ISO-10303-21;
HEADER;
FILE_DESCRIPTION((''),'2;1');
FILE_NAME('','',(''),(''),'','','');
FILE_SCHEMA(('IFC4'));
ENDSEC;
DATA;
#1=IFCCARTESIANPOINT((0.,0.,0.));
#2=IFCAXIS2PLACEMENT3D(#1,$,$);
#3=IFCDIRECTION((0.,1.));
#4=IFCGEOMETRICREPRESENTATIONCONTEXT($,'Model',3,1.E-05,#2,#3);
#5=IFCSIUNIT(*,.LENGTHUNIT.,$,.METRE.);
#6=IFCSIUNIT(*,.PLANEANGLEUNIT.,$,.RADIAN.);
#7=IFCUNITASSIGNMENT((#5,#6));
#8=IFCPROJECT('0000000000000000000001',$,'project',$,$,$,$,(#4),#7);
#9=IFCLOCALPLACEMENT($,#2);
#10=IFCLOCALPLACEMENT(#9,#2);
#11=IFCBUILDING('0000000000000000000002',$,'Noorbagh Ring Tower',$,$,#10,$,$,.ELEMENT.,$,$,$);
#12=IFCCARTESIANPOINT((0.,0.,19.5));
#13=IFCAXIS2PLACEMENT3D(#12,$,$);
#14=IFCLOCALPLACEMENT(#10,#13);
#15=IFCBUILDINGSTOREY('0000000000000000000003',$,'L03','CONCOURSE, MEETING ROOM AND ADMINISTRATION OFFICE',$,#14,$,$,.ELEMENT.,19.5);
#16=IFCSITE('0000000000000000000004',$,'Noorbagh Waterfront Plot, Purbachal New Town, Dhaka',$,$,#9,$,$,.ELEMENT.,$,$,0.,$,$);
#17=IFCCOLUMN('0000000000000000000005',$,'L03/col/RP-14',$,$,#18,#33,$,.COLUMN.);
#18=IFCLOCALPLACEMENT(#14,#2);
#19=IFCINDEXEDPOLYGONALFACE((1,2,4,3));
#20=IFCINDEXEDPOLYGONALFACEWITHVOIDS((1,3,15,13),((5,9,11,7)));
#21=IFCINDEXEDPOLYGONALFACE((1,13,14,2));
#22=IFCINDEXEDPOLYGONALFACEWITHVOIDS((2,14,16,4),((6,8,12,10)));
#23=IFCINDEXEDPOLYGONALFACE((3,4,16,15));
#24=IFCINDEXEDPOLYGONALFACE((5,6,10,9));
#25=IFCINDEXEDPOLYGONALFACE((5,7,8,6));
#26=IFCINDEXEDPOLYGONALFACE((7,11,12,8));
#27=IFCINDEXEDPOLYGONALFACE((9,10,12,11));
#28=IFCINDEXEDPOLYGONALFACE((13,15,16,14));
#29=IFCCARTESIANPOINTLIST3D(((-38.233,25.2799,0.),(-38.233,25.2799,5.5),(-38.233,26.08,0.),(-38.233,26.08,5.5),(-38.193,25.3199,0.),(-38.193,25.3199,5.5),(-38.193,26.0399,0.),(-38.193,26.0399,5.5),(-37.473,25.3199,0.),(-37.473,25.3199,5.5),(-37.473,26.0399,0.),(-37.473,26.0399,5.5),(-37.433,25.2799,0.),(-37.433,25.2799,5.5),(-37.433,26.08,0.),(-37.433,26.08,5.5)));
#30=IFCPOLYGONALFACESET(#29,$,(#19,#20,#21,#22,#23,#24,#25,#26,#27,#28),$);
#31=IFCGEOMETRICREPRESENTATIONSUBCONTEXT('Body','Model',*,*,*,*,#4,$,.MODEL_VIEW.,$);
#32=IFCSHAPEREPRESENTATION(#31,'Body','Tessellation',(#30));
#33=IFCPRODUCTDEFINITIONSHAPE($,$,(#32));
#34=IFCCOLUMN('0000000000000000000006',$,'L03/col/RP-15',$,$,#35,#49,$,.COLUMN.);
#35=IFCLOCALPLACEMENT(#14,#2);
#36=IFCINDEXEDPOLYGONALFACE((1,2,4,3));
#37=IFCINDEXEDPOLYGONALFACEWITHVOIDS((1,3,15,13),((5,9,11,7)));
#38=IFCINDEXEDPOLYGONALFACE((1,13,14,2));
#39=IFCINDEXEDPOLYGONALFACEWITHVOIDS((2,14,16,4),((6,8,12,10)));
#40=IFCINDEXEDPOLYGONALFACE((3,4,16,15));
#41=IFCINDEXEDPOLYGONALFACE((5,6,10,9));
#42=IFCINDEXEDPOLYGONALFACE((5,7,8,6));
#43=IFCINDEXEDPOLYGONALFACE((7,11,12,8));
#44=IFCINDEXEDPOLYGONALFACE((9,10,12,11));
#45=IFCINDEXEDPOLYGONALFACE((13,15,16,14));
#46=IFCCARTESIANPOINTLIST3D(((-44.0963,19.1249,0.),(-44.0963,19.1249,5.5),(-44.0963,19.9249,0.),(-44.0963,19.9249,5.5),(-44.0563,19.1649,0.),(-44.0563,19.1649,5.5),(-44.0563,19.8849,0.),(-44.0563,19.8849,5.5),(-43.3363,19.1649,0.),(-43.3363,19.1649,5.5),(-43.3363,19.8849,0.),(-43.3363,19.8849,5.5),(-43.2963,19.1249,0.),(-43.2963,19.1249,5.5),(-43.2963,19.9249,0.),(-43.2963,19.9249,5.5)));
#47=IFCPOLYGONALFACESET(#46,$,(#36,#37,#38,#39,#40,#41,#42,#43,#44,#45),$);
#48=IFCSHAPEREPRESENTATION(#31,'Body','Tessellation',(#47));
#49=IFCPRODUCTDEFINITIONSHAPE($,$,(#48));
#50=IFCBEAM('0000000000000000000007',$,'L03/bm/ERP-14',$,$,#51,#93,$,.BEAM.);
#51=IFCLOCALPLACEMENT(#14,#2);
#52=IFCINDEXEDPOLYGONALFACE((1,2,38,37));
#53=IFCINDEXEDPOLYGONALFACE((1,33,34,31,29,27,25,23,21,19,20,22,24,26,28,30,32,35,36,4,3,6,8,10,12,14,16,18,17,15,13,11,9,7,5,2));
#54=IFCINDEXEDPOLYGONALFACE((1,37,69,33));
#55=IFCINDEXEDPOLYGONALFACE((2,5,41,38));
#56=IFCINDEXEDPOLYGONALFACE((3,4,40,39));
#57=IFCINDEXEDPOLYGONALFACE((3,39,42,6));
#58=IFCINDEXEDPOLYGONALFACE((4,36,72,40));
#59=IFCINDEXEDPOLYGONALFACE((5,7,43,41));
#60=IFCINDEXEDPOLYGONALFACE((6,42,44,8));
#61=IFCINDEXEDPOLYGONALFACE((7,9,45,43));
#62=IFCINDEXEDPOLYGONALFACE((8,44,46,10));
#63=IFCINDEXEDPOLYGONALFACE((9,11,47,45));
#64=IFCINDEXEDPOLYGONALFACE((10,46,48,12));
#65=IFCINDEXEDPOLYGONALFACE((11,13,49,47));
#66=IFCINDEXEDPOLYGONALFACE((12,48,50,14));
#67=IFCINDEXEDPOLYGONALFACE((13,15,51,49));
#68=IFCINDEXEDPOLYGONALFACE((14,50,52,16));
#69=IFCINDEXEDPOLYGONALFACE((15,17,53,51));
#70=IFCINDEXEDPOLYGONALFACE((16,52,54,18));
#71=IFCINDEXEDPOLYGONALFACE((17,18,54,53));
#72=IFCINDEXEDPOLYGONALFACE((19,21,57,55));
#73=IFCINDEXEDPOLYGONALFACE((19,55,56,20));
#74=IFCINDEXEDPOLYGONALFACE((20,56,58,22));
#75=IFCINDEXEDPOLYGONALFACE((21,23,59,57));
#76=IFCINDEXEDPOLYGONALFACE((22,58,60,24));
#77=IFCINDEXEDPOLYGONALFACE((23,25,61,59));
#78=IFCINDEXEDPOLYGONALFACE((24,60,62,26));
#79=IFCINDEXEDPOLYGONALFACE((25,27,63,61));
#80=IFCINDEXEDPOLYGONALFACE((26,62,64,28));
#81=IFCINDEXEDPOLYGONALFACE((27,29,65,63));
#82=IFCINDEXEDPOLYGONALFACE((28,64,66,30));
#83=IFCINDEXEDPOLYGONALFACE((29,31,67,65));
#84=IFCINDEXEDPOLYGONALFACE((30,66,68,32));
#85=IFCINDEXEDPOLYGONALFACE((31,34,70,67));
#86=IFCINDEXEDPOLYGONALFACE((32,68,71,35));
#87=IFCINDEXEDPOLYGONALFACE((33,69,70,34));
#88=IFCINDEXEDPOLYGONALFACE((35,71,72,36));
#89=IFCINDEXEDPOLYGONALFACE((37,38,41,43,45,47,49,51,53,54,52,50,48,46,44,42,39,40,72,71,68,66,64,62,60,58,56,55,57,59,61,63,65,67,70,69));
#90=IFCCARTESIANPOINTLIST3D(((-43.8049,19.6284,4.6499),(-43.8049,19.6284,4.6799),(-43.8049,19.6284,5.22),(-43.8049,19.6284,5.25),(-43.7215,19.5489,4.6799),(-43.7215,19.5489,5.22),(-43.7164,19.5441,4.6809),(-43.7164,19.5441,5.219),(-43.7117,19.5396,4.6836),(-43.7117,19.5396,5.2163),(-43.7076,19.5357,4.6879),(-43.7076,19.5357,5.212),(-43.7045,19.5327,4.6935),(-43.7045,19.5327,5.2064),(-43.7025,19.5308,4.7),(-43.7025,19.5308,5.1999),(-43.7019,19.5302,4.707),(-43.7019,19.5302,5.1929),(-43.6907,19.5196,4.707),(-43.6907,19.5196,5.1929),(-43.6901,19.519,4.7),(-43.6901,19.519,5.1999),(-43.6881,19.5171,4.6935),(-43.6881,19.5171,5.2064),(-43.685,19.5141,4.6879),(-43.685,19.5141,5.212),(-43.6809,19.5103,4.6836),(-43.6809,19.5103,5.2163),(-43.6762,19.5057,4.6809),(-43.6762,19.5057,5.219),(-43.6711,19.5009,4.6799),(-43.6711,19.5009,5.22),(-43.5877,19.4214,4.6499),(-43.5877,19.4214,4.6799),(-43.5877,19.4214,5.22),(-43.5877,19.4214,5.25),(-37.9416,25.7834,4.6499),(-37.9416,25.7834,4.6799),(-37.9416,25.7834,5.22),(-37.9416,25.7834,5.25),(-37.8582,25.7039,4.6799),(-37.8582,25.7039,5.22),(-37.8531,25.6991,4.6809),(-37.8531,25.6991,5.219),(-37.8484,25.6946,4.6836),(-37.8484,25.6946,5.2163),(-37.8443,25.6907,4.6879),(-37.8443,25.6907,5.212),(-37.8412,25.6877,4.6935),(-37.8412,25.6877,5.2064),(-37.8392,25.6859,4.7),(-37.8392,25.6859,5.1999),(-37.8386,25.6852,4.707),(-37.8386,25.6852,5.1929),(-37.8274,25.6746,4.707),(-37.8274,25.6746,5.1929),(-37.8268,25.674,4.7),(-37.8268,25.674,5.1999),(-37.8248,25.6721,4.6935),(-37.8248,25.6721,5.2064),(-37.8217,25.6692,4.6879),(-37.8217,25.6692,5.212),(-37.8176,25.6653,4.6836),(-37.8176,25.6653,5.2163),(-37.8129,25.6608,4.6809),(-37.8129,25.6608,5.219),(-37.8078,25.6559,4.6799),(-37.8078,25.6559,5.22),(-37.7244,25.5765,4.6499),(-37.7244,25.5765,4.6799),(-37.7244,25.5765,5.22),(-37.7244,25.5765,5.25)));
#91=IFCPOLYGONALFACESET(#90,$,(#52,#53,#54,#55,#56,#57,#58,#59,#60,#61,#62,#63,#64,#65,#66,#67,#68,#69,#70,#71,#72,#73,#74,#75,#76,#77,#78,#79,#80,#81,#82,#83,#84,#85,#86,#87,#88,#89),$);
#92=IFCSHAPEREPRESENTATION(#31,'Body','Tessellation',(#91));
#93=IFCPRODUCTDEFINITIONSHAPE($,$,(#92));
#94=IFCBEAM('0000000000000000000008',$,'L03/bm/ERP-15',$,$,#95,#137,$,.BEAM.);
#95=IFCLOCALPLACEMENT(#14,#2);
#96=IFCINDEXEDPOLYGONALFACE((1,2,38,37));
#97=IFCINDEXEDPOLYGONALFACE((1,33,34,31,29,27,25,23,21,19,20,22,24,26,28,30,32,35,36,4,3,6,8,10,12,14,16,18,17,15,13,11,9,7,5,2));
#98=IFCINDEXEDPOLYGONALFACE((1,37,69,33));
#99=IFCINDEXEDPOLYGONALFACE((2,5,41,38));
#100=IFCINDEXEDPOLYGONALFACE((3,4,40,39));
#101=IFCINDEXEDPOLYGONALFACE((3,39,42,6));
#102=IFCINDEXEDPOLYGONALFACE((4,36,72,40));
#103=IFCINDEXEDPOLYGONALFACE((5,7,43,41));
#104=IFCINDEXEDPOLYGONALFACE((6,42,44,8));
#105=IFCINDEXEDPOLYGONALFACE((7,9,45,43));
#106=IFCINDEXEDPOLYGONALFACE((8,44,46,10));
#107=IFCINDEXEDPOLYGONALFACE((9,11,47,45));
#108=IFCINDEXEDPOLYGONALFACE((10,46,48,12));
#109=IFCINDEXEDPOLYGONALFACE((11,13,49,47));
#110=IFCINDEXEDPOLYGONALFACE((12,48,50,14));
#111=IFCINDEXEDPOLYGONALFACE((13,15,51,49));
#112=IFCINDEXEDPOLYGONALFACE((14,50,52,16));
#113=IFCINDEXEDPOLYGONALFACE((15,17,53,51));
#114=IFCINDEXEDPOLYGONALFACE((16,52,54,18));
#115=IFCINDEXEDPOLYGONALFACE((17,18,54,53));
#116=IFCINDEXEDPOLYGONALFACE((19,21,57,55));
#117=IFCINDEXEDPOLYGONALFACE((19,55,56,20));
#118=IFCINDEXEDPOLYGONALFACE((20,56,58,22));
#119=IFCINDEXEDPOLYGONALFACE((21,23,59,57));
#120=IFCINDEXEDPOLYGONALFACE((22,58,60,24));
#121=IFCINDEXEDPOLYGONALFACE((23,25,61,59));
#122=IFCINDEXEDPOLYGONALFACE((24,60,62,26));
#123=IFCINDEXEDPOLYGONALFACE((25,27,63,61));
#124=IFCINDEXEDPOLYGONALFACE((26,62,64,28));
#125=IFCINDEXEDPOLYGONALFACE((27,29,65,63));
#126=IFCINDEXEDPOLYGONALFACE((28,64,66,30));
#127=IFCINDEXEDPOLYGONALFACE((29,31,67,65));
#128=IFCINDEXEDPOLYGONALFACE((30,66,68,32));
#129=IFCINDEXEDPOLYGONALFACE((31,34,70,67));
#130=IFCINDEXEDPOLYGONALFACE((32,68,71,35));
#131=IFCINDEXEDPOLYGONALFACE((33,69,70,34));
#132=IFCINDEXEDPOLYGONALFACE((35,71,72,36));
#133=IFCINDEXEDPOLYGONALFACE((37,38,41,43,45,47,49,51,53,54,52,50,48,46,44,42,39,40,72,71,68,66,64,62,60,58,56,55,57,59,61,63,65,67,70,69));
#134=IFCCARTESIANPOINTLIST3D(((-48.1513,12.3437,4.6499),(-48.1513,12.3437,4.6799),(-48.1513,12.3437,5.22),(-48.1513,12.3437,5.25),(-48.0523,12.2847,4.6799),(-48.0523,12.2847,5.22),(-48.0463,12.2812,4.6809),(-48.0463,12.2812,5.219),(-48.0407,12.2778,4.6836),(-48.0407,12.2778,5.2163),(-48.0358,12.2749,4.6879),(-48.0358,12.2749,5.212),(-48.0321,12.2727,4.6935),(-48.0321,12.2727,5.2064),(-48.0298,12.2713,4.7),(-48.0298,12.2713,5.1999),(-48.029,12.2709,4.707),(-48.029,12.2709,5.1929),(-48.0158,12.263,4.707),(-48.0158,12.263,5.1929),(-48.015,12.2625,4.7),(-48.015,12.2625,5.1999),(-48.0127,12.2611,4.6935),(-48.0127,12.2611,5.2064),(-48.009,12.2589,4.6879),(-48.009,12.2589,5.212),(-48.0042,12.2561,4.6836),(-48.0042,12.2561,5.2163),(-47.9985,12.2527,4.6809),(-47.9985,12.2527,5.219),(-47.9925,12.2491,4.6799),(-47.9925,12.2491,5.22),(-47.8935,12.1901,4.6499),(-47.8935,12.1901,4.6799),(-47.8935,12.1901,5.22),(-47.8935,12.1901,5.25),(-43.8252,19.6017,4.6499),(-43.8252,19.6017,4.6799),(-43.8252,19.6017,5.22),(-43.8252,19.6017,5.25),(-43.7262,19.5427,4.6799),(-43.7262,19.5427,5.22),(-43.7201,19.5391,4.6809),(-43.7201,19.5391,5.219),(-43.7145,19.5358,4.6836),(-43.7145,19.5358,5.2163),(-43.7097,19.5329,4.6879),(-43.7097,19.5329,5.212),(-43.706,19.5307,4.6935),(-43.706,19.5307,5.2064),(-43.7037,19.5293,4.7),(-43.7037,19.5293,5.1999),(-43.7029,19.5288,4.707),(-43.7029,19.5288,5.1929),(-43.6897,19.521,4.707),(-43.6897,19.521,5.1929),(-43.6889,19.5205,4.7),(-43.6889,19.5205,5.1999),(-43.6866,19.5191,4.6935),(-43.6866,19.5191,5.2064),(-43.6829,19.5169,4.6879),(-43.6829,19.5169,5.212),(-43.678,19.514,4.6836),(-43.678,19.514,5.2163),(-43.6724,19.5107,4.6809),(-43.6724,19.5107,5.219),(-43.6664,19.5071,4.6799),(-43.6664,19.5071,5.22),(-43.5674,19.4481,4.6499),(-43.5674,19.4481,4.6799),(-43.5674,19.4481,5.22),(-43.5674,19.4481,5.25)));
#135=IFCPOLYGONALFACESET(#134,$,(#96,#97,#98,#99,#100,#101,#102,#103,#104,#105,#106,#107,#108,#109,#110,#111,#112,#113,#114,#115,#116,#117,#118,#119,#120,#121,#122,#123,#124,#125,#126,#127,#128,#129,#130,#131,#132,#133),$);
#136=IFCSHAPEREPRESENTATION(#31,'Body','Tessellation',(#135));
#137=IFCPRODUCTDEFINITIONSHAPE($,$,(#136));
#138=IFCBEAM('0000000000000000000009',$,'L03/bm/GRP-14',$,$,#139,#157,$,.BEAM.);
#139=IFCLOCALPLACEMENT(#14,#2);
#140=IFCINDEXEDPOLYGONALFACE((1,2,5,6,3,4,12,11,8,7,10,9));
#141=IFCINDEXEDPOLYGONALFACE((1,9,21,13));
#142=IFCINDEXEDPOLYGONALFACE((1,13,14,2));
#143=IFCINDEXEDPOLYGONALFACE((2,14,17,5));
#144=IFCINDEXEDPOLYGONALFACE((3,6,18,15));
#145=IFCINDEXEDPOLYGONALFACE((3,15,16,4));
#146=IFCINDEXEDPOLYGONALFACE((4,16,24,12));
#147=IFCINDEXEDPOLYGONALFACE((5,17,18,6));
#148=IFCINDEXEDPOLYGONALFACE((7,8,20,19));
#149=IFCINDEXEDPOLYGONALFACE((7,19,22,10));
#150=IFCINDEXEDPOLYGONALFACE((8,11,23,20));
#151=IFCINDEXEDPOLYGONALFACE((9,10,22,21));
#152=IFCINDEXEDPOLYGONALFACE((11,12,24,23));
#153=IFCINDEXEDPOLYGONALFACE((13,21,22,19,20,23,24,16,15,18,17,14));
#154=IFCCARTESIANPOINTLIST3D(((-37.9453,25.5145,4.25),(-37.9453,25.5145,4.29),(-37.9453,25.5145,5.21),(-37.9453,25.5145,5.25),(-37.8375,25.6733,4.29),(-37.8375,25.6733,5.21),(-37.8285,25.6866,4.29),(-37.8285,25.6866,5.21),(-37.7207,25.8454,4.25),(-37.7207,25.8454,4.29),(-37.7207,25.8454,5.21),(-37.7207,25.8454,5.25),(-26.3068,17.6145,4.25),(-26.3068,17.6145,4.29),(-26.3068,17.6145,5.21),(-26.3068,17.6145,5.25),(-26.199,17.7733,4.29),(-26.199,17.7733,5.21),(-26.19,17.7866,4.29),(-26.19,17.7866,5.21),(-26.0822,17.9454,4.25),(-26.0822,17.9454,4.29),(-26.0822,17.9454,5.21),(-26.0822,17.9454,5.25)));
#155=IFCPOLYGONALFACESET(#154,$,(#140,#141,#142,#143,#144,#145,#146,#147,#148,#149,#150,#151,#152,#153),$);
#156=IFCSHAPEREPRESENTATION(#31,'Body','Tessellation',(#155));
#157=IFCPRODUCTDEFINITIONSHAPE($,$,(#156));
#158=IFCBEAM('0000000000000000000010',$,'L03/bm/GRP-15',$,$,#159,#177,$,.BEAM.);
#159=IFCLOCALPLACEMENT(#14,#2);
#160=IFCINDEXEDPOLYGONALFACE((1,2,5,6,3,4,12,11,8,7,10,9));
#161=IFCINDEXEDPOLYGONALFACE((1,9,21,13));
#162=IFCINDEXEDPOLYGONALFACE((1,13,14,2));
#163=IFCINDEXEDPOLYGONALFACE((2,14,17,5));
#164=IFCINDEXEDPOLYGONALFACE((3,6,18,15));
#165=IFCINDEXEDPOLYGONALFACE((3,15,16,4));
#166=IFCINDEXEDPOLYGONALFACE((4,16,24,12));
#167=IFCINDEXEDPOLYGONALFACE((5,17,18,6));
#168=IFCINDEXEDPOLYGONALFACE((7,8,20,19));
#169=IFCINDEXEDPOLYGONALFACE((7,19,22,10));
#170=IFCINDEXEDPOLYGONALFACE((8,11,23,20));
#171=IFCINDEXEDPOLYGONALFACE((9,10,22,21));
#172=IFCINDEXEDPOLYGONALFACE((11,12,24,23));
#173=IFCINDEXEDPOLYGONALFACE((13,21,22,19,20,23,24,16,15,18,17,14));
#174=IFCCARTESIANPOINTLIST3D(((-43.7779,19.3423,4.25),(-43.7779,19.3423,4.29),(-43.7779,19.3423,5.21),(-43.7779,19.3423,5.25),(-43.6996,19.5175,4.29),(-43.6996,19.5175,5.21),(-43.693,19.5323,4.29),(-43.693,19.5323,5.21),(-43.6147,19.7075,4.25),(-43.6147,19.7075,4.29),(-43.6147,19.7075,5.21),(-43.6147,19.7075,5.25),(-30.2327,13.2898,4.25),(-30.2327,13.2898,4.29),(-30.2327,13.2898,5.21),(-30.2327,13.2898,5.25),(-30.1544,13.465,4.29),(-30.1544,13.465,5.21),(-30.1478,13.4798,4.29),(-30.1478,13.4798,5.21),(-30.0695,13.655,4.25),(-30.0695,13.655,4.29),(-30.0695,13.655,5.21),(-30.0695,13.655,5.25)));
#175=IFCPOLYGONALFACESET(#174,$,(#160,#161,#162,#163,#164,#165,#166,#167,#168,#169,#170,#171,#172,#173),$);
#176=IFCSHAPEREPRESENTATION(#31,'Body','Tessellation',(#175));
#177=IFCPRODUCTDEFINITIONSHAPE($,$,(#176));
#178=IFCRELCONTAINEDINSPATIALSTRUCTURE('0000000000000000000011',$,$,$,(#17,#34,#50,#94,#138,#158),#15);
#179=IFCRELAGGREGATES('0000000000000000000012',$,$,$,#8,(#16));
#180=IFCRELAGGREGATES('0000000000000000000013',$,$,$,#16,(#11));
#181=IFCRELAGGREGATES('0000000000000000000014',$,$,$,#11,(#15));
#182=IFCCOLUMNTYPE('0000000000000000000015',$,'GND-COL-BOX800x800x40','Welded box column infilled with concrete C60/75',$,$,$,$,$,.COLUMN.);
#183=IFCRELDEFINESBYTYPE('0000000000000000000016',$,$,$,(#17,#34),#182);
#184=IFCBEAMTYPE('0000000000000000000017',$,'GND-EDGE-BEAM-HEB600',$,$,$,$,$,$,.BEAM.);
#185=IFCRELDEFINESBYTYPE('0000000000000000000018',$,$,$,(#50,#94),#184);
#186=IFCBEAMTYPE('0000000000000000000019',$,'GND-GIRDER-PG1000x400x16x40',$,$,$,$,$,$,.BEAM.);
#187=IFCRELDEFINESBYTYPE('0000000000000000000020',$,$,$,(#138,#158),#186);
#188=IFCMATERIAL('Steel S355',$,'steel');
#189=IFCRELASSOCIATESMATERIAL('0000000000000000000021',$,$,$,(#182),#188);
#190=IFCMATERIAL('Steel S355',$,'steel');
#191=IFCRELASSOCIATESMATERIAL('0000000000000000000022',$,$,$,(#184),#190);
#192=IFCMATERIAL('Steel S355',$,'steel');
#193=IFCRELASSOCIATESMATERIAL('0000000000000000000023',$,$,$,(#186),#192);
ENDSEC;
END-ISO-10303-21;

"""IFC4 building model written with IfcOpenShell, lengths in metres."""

from ifc_helpers import new_model, si_unit, direction, frame, origin, origin_2d, place, context, subcontext, project, spatial, hollow_rectangle, i_section, extrude, material, material_profile, profile_set, type_object, element, save


model = new_model("IFC4")

# Units and contexts
model_context = context("Model", 3, precision=1e-05, world=origin(), true_north=direction((0.0, 1.0)))
body_context = subcontext(model_context, "Body", "Model", "MODEL_VIEW")
ifc_project = project(units=[si_unit("LENGTHUNIT", "METRE"), si_unit("PLANEANGLEUNIT", "RADIAN")], contexts=[model_context])

# Site, building, storey
site_placement = place(None, origin())
site = spatial("IfcSite", under=ifc_project, at=site_placement, Name="Noorbagh Waterfront Plot, Purbachal New Town, Dhaka", CompositionType="ELEMENT", RefElevation=0.0)
building_placement = place(site_placement, origin())
building = spatial("IfcBuilding", under=site, at=building_placement, Name="Noorbagh Ring Tower", CompositionType="ELEMENT")
storey_placement = place(building_placement, frame((0.0, 0.0, 19.5)))
storey = spatial("IfcBuildingStorey", under=building, at=storey_placement, Name="L03", Description="CONCOURSE, MEETING ROOM AND ADMINISTRATION OFFICE", CompositionType="ELEMENT", Elevation=19.5)

# Columns
ifc_material_1 = material(Name="Steel S355", Category="steel")
ifc_material_profile_1 = material_profile(ifc_material_1, hollow_rectangle(XDim=0.8, YDim=0.8, WallThickness=0.04, at=origin_2d()), Name="BOX800x800x40")
ifc_profile_set_1 = profile_set([ifc_material_profile_1], Name="Steel S355")
column_type = type_object("IfcColumnType", Name="GND-COL-BOX800x800x40", Description="Welded box column infilled with concrete C60/75", PredefinedType="COLUMN", material=ifc_profile_set_1)
for number, where, z_axis, x_axis, name in (
    (1, (-37.833, 25.6799, 0.0), (0.0, 0.0, 1.0), (1.0, 0.0, 0.0), "L03/col/RP-14"),
    (2, (-43.6963, 19.5249, 0.0), (0.0, 0.0, 1.0), (1.0, 0.0, 0.0), "L03/col/RP-15"),
):
    element("IfcColumn", number, at=place(storey_placement, frame(where, z_axis=z_axis, x_axis=x_axis)), inside=storey, type_object=column_type, Name=name, PredefinedType="COLUMN", context=body_context, shape_type="SweptSolid", body=[
        extrude(hollow_rectangle(XDim=0.8, YDim=0.8, WallThickness=0.04, at=origin_2d()), origin(), (0.0, 0.0, 1.0), 5.5),
    ])

# Beams
ifc_material_2 = material(Name="Steel S355", Category="steel")
ifc_material_profile_2 = material_profile(ifc_material_2, i_section(OverallWidth=0.3, OverallDepth=0.6001, WebThickness=0.0154, FlangeThickness=0.03, FilletRadius=0.0271, at=origin_2d()), Name="HEB600")
ifc_profile_set_2 = profile_set([ifc_material_profile_2], Name="Steel S355")
beam_type_1 = type_object("IfcBeamType", Name="GND-EDGE-BEAM-HEB600", PredefinedType="BEAM", material=ifc_profile_set_2)
beam_1_placement = place(storey_placement, frame((-37.833, 25.6799, 4.95), z_axis=(-0.689738, -0.724059, 0.0), x_axis=(0.724059, -0.689738, 0.0)))
element("IfcBeam", 3, at=beam_1_placement, inside=storey, type_object=beam_type_1, Name="L03/bm/ERP-14", PredefinedType="BEAM", context=body_context, shape_type="SweptSolid", body=[
    extrude(i_section(OverallWidth=0.3, OverallDepth=0.6001, WebThickness=0.0154, FlangeThickness=0.03, FilletRadius=0.0271, at=origin_2d()), origin(), (0.0, 0.0, 1.0), 8.5007),
])
beam_2_placement = place(storey_placement, frame((-43.6963, 19.5249, 4.95), z_axis=(-0.511999, -0.858986, 0.0), x_axis=(0.858986, -0.511999, 0.0)))
element("IfcBeam", 4, at=beam_2_placement, inside=storey, type_object=beam_type_1, Name="L03/bm/ERP-15", PredefinedType="BEAM", context=body_context, shape_type="SweptSolid", body=[
    extrude(i_section(OverallWidth=0.3, OverallDepth=0.6001, WebThickness=0.0154, FlangeThickness=0.03, FilletRadius=0.0271, at=origin_2d()), origin(), (0.0, 0.0, 1.0), 8.4495),
])
ifc_material_3 = material(Name="Steel S355", Category="steel")
ifc_material_profile_3 = material_profile(ifc_material_3, i_section(OverallWidth=0.3999, OverallDepth=1.0, WebThickness=0.0161, FlangeThickness=0.04, at=origin_2d()), Name="PG1000x400x16x40")
ifc_profile_set_3 = profile_set([ifc_material_profile_3], Name="Steel S355")
beam_type_2 = type_object("IfcBeamType", Name="GND-GIRDER-PG1000x400x16x40", PredefinedType="BEAM", material=ifc_profile_set_3)
beam_3_placement = place(storey_placement, frame((-37.833, 25.6799, 4.75), z_axis=(0.827397, -0.561618, 0.0), x_axis=(0.561618, 0.827397, 0.0)))
element("IfcBeam", 5, at=beam_3_placement, inside=storey, type_object=beam_type_2, Name="L03/bm/GRP-14", PredefinedType="BEAM", context=body_context, shape_type="SweptSolid", body=[
    extrude(i_section(OverallWidth=0.3999, OverallDepth=1.0, WebThickness=0.0161, FlangeThickness=0.04, at=origin_2d()), origin(), (0.0, 0.0, 1.0), 14.0664),
])
beam_4_placement = place(storey_placement, frame((-43.6963, 19.5249, 4.75), z_axis=(0.912999, -0.407962, 0.0), x_axis=(0.407962, 0.912999, 0.0)))
element("IfcBeam", 6, at=beam_4_placement, inside=storey, type_object=beam_type_2, Name="L03/bm/GRP-15", PredefinedType="BEAM", context=body_context, shape_type="SweptSolid", body=[
    extrude(i_section(OverallWidth=0.3999, OverallDepth=1.0, WebThickness=0.0161, FlangeThickness=0.04, at=origin_2d()), origin(), (0.0, 0.0, 1.0), 14.8359),
])

save(model, "model.ifc")
